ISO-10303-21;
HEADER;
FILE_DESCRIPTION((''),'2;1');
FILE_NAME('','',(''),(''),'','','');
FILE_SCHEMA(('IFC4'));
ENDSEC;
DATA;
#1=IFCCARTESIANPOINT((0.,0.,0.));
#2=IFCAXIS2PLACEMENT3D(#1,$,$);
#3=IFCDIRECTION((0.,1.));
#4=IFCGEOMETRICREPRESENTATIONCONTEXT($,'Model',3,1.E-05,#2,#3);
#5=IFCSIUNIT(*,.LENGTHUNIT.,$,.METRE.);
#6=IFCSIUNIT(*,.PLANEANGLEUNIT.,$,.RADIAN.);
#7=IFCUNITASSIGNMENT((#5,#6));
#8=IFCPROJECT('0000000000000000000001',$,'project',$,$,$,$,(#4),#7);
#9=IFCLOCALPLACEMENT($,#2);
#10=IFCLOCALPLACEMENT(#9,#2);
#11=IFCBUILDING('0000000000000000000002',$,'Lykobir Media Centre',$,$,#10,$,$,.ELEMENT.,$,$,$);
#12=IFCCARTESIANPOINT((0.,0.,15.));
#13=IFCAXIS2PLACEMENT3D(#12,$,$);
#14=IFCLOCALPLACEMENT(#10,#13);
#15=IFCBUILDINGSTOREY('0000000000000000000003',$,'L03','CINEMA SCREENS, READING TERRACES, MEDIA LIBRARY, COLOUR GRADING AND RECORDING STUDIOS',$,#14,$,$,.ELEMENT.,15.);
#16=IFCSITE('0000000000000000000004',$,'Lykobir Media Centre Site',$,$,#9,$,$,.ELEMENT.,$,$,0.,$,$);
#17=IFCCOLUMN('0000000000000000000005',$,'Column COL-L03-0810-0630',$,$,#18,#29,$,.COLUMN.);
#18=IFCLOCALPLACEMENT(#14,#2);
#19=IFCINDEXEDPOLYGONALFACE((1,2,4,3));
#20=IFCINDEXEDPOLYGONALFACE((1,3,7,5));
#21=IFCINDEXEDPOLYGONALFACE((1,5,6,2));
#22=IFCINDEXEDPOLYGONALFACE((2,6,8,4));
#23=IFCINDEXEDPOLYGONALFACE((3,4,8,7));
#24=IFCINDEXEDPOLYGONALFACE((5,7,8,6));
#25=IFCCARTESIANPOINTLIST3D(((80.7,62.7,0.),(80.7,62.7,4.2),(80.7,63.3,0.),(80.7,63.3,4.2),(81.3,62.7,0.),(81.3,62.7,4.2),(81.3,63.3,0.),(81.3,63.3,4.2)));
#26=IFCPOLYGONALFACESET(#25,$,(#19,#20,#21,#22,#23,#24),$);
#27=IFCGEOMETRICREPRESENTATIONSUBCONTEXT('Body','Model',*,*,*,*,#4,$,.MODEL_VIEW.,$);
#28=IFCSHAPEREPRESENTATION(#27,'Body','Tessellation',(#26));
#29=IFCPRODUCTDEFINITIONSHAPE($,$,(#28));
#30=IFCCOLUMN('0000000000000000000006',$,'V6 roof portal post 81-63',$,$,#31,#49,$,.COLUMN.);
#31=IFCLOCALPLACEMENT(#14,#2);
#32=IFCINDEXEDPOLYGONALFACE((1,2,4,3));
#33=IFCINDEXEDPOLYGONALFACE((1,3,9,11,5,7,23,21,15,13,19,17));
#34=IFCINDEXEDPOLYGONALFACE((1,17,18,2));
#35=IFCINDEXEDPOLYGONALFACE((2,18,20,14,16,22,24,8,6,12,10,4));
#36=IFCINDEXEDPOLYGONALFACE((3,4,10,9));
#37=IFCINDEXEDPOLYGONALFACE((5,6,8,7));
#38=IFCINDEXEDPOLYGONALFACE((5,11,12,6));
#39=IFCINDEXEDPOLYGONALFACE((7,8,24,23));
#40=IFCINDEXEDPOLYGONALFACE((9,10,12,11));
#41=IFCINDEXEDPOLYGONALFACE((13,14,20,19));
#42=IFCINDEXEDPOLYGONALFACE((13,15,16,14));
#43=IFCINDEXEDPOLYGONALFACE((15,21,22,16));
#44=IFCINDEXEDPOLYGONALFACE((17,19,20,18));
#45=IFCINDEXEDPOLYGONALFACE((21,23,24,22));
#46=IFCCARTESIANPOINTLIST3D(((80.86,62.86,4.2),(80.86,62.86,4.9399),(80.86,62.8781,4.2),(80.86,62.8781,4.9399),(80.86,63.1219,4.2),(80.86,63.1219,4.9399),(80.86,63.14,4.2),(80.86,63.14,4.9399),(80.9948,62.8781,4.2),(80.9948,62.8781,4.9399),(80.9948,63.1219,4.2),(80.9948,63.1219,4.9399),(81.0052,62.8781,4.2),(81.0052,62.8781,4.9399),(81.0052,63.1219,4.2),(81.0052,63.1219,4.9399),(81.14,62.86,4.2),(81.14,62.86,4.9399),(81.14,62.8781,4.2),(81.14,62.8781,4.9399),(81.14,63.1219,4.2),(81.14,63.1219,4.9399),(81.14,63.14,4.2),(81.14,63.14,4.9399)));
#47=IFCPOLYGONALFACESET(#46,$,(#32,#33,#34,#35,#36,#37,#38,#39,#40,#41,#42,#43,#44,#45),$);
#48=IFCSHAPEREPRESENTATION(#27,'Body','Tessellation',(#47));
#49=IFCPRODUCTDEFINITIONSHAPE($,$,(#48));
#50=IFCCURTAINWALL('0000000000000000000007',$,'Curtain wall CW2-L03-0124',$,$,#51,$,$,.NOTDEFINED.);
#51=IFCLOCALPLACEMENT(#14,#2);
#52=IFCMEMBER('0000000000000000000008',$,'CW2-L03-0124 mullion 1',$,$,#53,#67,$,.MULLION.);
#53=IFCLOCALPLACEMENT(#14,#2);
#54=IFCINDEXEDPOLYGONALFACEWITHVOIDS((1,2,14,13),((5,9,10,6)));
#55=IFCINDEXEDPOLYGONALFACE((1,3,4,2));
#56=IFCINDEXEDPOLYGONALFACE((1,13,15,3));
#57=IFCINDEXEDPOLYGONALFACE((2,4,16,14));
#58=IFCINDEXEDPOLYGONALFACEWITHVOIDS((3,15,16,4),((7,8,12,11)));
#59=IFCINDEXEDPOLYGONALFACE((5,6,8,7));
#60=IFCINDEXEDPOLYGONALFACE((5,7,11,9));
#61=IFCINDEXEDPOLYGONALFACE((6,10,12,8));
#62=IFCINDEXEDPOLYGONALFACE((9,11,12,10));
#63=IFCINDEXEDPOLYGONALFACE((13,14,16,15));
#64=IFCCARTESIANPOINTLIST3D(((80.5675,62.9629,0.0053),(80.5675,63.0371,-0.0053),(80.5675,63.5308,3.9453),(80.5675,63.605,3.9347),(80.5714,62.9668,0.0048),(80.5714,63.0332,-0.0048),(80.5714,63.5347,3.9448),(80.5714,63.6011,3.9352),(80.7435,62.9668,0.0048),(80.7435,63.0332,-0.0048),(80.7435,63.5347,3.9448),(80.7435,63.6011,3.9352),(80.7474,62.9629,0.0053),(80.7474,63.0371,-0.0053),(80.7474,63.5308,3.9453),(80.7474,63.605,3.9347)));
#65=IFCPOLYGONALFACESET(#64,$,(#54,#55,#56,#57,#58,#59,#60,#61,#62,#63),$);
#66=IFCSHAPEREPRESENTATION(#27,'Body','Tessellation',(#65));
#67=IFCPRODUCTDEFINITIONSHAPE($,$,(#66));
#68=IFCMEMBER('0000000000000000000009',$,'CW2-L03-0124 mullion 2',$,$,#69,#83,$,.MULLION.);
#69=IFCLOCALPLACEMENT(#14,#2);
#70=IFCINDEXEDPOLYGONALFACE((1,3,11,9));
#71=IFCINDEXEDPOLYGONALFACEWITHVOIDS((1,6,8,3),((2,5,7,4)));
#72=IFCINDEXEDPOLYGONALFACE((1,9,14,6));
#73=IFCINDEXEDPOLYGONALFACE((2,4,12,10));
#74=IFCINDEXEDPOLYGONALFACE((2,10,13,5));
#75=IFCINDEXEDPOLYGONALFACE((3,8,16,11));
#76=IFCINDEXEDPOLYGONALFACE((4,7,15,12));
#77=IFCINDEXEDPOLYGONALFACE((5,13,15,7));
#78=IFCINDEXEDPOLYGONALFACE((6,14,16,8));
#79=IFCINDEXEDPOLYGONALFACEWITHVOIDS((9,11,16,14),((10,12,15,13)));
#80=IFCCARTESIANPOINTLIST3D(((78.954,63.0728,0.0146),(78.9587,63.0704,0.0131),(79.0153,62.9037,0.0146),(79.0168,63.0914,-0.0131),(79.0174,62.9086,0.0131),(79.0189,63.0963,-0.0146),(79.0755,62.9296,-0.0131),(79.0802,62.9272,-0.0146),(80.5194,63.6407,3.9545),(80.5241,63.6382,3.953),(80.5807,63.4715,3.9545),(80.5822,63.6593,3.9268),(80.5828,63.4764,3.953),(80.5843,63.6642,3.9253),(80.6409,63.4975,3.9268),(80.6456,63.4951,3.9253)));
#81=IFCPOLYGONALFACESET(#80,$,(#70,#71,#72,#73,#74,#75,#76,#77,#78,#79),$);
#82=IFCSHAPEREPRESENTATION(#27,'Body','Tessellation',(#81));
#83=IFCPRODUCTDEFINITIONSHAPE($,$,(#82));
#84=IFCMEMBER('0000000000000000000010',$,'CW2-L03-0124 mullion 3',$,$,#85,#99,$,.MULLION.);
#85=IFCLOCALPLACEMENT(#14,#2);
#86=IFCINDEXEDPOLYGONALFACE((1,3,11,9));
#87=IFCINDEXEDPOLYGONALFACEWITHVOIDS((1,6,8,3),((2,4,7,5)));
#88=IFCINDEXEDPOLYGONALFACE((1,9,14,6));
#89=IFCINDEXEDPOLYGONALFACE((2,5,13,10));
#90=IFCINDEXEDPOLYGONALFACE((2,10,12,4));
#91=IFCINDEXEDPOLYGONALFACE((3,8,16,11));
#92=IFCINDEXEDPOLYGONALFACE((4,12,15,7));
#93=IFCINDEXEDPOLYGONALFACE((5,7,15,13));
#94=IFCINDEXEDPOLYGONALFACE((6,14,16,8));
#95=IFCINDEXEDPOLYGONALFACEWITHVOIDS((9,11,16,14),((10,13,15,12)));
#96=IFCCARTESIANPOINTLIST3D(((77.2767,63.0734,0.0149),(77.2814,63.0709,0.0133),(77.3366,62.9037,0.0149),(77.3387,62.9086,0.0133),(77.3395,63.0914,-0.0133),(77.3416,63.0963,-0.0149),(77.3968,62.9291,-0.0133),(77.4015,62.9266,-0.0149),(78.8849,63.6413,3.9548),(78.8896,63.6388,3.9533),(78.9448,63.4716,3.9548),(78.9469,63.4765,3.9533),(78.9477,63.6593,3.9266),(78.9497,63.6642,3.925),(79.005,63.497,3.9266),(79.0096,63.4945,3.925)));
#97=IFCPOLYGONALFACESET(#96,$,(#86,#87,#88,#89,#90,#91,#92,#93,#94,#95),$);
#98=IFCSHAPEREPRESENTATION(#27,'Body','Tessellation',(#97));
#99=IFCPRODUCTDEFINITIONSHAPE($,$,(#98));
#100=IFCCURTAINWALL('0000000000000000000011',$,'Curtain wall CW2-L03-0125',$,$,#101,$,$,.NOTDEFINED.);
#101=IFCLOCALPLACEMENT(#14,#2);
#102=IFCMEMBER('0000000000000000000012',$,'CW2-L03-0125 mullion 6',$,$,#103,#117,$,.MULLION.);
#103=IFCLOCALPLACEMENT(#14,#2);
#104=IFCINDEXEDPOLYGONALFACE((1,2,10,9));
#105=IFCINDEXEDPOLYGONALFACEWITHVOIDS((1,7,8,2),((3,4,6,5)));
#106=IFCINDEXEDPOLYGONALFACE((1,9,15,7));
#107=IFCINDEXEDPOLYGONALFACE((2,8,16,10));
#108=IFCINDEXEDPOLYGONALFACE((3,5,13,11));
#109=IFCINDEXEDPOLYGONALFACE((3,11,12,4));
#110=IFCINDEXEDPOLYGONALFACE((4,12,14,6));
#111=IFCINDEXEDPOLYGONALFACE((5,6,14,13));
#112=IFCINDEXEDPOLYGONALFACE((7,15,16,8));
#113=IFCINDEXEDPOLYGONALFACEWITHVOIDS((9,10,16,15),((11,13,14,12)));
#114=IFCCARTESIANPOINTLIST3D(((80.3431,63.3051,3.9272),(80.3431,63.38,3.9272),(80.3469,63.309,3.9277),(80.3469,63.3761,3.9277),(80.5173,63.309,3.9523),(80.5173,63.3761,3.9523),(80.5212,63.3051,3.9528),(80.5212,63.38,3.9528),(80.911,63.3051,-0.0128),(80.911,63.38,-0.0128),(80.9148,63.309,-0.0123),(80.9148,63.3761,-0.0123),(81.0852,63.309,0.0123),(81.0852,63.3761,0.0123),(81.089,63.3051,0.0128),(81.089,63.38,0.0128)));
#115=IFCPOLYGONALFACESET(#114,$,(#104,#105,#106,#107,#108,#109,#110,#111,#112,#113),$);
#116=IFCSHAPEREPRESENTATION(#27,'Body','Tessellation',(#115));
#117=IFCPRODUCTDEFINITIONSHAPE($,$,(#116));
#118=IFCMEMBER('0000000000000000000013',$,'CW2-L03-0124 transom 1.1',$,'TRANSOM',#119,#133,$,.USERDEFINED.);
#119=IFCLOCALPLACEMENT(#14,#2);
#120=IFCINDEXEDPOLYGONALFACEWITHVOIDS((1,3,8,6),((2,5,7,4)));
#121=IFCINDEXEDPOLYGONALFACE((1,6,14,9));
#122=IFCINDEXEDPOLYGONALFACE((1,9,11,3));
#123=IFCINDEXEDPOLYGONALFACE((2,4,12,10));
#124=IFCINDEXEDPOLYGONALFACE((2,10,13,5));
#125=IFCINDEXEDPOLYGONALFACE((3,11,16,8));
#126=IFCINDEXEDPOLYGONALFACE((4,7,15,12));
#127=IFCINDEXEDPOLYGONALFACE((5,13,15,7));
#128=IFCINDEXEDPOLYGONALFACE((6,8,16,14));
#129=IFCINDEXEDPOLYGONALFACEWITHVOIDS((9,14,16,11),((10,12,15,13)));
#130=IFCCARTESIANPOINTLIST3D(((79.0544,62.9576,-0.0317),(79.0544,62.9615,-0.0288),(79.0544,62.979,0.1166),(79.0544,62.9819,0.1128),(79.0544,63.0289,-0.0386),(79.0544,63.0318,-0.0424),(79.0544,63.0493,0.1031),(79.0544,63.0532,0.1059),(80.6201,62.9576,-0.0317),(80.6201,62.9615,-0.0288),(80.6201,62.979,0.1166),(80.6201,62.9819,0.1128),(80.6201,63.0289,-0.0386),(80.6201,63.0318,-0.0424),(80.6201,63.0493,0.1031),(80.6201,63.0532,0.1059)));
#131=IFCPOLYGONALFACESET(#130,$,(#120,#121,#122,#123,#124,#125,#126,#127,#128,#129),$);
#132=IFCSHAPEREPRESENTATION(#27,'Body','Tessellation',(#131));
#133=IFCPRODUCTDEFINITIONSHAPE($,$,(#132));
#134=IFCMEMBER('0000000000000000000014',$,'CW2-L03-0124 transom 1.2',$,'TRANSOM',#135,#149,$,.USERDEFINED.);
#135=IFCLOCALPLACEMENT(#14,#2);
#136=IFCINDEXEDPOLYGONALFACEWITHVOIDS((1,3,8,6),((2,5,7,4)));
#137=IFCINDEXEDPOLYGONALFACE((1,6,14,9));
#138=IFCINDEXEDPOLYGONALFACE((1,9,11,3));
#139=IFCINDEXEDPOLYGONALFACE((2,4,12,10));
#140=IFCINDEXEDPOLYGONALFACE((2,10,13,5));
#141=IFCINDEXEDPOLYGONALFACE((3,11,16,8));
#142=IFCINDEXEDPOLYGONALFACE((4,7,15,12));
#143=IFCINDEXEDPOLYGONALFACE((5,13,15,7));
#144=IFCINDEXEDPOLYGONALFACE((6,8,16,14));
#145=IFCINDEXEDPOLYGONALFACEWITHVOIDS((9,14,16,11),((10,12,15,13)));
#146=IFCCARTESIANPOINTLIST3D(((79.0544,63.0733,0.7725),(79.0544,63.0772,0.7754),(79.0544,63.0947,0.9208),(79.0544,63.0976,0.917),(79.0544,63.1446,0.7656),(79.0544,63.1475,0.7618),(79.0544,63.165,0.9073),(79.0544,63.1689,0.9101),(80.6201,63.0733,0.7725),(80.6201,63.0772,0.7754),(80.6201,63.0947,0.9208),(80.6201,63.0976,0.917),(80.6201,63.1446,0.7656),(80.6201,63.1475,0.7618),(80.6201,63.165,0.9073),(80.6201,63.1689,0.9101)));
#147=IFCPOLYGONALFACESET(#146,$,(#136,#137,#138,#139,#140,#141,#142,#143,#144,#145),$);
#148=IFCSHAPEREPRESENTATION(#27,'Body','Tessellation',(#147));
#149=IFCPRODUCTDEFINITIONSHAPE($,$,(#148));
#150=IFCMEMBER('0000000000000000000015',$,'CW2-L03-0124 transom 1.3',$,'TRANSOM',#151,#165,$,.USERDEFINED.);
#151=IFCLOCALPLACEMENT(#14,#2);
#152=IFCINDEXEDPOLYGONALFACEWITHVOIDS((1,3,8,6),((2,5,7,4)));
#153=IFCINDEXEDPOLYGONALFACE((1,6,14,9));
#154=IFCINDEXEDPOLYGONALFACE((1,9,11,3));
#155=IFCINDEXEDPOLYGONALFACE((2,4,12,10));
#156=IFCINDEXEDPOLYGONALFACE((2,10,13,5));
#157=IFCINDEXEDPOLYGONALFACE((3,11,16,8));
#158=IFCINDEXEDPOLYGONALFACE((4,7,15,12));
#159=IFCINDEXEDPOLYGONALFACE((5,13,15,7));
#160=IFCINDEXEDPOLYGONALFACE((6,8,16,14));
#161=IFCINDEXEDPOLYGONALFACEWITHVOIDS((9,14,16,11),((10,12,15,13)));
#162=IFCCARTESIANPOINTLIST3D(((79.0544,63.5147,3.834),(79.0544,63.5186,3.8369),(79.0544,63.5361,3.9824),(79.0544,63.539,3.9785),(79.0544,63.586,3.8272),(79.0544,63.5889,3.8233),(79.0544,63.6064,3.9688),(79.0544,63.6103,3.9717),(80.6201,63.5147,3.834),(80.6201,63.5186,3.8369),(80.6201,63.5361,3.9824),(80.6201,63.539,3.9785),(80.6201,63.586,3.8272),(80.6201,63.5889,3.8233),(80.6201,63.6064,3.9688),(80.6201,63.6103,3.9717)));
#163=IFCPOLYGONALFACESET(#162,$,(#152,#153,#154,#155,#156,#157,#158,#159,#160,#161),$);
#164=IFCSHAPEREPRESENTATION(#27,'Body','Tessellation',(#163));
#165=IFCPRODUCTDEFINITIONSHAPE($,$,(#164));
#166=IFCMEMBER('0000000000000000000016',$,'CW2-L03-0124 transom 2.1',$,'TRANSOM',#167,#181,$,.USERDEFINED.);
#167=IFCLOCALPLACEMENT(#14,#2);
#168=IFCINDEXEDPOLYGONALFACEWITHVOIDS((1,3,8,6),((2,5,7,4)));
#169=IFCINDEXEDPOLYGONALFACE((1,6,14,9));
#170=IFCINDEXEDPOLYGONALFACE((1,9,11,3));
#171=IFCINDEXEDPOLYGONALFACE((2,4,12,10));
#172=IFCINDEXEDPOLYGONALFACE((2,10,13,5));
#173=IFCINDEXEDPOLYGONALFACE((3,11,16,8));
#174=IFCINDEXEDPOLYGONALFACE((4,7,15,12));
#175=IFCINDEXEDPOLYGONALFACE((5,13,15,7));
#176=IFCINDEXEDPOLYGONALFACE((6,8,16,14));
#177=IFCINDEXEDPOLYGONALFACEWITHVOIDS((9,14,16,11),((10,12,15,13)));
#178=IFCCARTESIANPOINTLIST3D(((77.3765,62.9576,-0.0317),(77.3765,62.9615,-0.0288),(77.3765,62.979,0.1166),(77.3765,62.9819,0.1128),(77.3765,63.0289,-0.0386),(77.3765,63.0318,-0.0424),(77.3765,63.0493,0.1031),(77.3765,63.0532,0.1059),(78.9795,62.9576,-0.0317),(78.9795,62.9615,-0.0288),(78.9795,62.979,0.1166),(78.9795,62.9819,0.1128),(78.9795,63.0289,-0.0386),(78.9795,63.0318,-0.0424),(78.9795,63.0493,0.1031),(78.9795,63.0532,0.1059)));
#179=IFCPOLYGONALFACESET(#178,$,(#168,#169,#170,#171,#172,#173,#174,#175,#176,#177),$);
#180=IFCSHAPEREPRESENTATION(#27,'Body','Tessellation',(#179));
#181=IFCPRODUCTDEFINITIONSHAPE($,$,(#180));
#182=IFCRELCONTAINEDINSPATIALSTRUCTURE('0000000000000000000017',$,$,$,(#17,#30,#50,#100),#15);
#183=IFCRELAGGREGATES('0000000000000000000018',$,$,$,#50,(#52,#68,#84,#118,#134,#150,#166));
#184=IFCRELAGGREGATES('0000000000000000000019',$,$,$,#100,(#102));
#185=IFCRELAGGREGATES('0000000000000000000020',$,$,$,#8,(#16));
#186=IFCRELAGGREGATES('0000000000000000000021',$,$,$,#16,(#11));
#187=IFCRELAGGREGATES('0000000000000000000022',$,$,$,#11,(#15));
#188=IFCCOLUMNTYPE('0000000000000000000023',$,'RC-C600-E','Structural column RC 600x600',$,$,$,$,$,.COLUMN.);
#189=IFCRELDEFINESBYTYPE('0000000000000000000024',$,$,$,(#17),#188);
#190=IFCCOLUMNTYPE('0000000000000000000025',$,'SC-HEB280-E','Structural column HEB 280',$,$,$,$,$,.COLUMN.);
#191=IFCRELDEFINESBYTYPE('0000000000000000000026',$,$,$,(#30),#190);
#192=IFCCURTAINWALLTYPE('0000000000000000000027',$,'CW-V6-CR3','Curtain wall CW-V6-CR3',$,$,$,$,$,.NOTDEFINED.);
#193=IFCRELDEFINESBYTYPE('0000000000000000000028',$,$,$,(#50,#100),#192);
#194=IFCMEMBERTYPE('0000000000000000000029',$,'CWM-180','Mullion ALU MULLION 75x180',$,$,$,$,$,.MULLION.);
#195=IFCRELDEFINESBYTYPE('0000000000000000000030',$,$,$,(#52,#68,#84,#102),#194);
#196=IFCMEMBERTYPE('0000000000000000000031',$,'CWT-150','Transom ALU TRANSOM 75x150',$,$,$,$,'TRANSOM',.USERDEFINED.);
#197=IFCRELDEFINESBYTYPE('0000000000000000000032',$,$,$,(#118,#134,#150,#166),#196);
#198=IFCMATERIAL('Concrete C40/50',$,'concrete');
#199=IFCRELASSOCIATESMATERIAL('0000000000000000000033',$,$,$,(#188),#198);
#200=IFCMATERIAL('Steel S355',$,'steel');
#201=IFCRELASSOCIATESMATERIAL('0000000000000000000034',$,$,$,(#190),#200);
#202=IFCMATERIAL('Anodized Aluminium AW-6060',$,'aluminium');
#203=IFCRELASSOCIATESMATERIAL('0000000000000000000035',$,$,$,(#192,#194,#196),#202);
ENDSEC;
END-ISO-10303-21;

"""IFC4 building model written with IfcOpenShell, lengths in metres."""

from ifc_helpers import new_model, si_unit, direction, frame, origin, origin_2d, place, context, subcontext, project, spatial, rectangle, hollow_rectangle, i_section, extrude, material, material_profile, profile_set, type_object, element, aggregate, save


model = new_model("IFC4")

# Units and contexts
model_context = context("Model", 3, precision=1e-05, world=origin(), true_north=direction((0.0, 1.0)))
body_context = subcontext(model_context, "Body", "Model", "MODEL_VIEW")
ifc_project = project(units=[si_unit("LENGTHUNIT", "METRE"), si_unit("PLANEANGLEUNIT", "RADIAN")], contexts=[model_context])

# Site, building, storey
site_placement = place(None, origin())
site = spatial("IfcSite", under=ifc_project, at=site_placement, Name="Lykobir Media Centre Site", CompositionType="ELEMENT", RefElevation=0.0)
building_placement = place(site_placement, origin())
building = spatial("IfcBuilding", under=site, at=building_placement, Name="Lykobir Media Centre", CompositionType="ELEMENT")
storey_placement = place(building_placement, frame((0.0, 0.0, 15.0)))
storey = spatial("IfcBuildingStorey", under=building, at=storey_placement, Name="L03", Description="CINEMA SCREENS, READING TERRACES, MEDIA LIBRARY, COLOUR GRADING AND RECORDING STUDIOS", CompositionType="ELEMENT", Elevation=15.0)

# Columns
ifc_material_1 = material(Name="Concrete C40/50", Category="concrete")
ifc_material_profile_1 = material_profile(ifc_material_1, rectangle(XDim=0.6001, YDim=0.6001, at=origin_2d()), Name="RC 600x600")
ifc_profile_set_1 = profile_set([ifc_material_profile_1], Name="Concrete C40/50")
column_type_1 = type_object("IfcColumnType", Name="RC-C600-E", Description="Structural column RC 600x600", PredefinedType="COLUMN", material=ifc_profile_set_1)
column_1_placement = place(storey_placement, frame((81.0, 63.0, 0.0), z_axis=(0.0, 0.0, 1.0), x_axis=(1.0, 0.0, 0.0)))
element("IfcColumn", 1, at=column_1_placement, inside=storey, type_object=column_type_1, Name="Column COL-L03-0810-0630", PredefinedType="COLUMN", context=body_context, shape_type="SweptSolid", body=[
    extrude(rectangle(XDim=0.6001, YDim=0.6001, at=origin_2d()), origin(), (0.0, 0.0, 1.0), 4.2),
])
ifc_material_2 = material(Name="Steel S355", Category="steel")
ifc_material_profile_2 = material_profile(ifc_material_2, i_section(OverallWidth=0.28, OverallDepth=0.28, WebThickness=0.0105, FlangeThickness=0.0181, at=origin_2d()), Name="HEB 280")
ifc_profile_set_2 = profile_set([ifc_material_profile_2], Name="Steel S355")
column_type_2 = type_object("IfcColumnType", Name="SC-HEB280-E", Description="Structural column HEB 280", PredefinedType="COLUMN", material=ifc_profile_set_2)
column_2_placement = place(storey_placement, frame((81.0, 63.0, 4.2), z_axis=(0.0, 0.0, 1.0), x_axis=(1.0, 0.0, 0.0)))
element("IfcColumn", 2, at=column_2_placement, inside=storey, type_object=column_type_2, Name="V6 roof portal post 81-63", PredefinedType="COLUMN", context=body_context, shape_type="SweptSolid", body=[
    extrude(i_section(OverallWidth=0.28, OverallDepth=0.28, WebThickness=0.0105, FlangeThickness=0.0181, at=origin_2d()), origin(), (0.0, 0.0, 1.0), 0.74),
])

# Curtain wall, members
ifc_material_3 = material(Name="Anodized Aluminium AW-6060", Category="aluminium")
curtain_wall_type = type_object("IfcCurtainWallType", Name="CW-V6-CR3", Description="Curtain wall CW-V6-CR3", PredefinedType="NOTDEFINED", material=ifc_material_3)
curtain_wall_1_placement = place(storey_placement, origin())
curtain_wall_1 = element("IfcCurtainWall", 3, at=curtain_wall_1_placement, inside=storey, type_object=curtain_wall_type, Name="Curtain wall CW2-L03-0124", PredefinedType="NOTDEFINED")
ifc_material_profile_3 = material_profile(ifc_material_3, hollow_rectangle(XDim=0.075, YDim=0.1799, WallThickness=0.0039, at=origin_2d()), Name="ALU MULLION 75x180")
ifc_profile_set_3 = profile_set([ifc_material_profile_3], Name="Anodized Aluminium AW-6060")
member_type_1 = type_object("IfcMemberType", Name="CWM-180", Description="Mullion ALU MULLION 75x180", PredefinedType="MULLION", material=ifc_profile_set_3)
member_1_placement = place(storey_placement, frame((80.6575, 63.0, 0.0), z_axis=(0.0, 0.142658, 0.989772), x_axis=(0.0, 0.989772, -0.142658)))
member_1 = element("IfcMember", 4, at=member_1_placement, type_object=member_type_1, Name="CW2-L03-0124 mullion 1", PredefinedType="MULLION", context=body_context, shape_type="SweptSolid", body=[
    extrude(hollow_rectangle(XDim=0.075, YDim=0.1799, WallThickness=0.0039, at=origin_2d()), origin(), (0.0, 0.0, 1.0), 3.9807),
])
member_2_placement = place(storey_placement, frame((79.0171, 63.0, 0.0), z_axis=(0.365977, 0.132761, 0.921106), x_axis=(0.865893, 0.314109, -0.389313)))
member_2 = element("IfcMember", 5, at=member_2_placement, type_object=member_type_1, Name="CW2-L03-0124 mullion 2", PredefinedType="MULLION", context=body_context, shape_type="SweptSolid", body=[
    extrude(hollow_rectangle(XDim=0.075, YDim=0.1799, WallThickness=0.0039, at=origin_2d()), origin(), (0.0, 0.0, 1.0), 4.2773),
])
member_3_placement = place(storey_placement, frame((77.3391, 63.0, 0.0), z_axis=(0.37458, 0.132271, 0.917711), x_axis=(0.865345, 0.30557, -0.397248)))
member_3 = element("IfcMember", 6, at=member_3_placement, type_object=member_type_1, Name="CW2-L03-0124 mullion 3", PredefinedType="MULLION", context=body_context, shape_type="SweptSolid", body=[
    extrude(hollow_rectangle(XDim=0.075, YDim=0.1799, WallThickness=0.0039, at=origin_2d()), origin(), (0.0, 0.0, 1.0), 4.2932),
])

# Curtain wall, member
curtain_wall_2_placement = place(storey_placement, origin())
curtain_wall_2 = element("IfcCurtainWall", 7, at=curtain_wall_2_placement, inside=storey, type_object=curtain_wall_type, Name="Curtain wall CW2-L03-0125", PredefinedType="NOTDEFINED")
member_4_placement = place(storey_placement, frame((81.0, 63.3425, 0.0), z_axis=(-0.142658, 0.0, 0.989772), x_axis=(0.0, -1.0, 0.0)))
member_4 = element("IfcMember", 8, at=member_4_placement, type_object=member_type_1, Name="CW2-L03-0125 mullion 6", PredefinedType="MULLION", context=body_context, shape_type="SweptSolid", body=[
    extrude(hollow_rectangle(XDim=0.075, YDim=0.1799, WallThickness=0.0039, at=origin_2d()), origin(), (0.0, 0.0, 1.0), 3.9807),
])

# Members
ifc_material_profile_4 = material_profile(ifc_material_3, hollow_rectangle(XDim=0.075, YDim=0.1499, WallThickness=0.0034, at=origin_2d()), Name="ALU TRANSOM 75x150")
ifc_profile_set_4 = profile_set([ifc_material_profile_4], Name="Anodized Aluminium AW-6060")
member_type_2 = type_object("IfcMemberType", Name="CWT-150", Description="Transom ALU TRANSOM 75x150", ElementType="TRANSOM", PredefinedType="USERDEFINED", material=ifc_profile_set_4)
member_5_placement = place(storey_placement, frame((80.6201, 63.0054, 0.0371), z_axis=(-1.0, 0.0, 0.0), x_axis=(0.0, -0.989776, 0.142629)))
member_5 = element("IfcMember", 9, at=member_5_placement, type_object=member_type_2, Name="CW2-L03-0124 transom 1.1", ObjectType="TRANSOM", PredefinedType="USERDEFINED", context=body_context, shape_type="SweptSolid", body=[
    extrude(hollow_rectangle(XDim=0.075, YDim=0.1499, WallThickness=0.0034, at=origin_2d()), origin(), (0.0, 0.0, 1.0), 1.5657),
])
member_6_placement = place(storey_placement, frame((80.6201, 63.1211, 0.8413), z_axis=(-1.0, 0.0, 0.0), x_axis=(0.0, -0.989776, 0.142629)))
member_6 = element("IfcMember", 10, at=member_6_placement, type_object=member_type_2, Name="CW2-L03-0124 transom 1.2", ObjectType="TRANSOM", PredefinedType="USERDEFINED", context=body_context, shape_type="SweptSolid", body=[
    extrude(hollow_rectangle(XDim=0.075, YDim=0.1499, WallThickness=0.0034, at=origin_2d()), origin(), (0.0, 0.0, 1.0), 1.5657),
])
member_7_placement = place(storey_placement, frame((80.6201, 63.5625, 3.9028), z_axis=(-1.0, 0.0, 0.0), x_axis=(0.0, -0.989776, 0.142629)))
member_7 = element("IfcMember", 11, at=member_7_placement, type_object=member_type_2, Name="CW2-L03-0124 transom 1.3", ObjectType="TRANSOM", PredefinedType="USERDEFINED", context=body_context, shape_type="SweptSolid", body=[
    extrude(hollow_rectangle(XDim=0.075, YDim=0.1499, WallThickness=0.0034, at=origin_2d()), origin(), (0.0, 0.0, 1.0), 1.5657),
])
member_8_placement = place(storey_placement, frame((78.9795, 63.0054, 0.0371), z_axis=(-1.0, 0.0, 0.0), x_axis=(0.0, -0.989776, 0.142629)))
member_8 = element("IfcMember", 12, at=member_8_placement, type_object=member_type_2, Name="CW2-L03-0124 transom 2.1", ObjectType="TRANSOM", PredefinedType="USERDEFINED", context=body_context, shape_type="SweptSolid", body=[
    extrude(hollow_rectangle(XDim=0.075, YDim=0.1499, WallThickness=0.0034, at=origin_2d()), origin(), (0.0, 0.0, 1.0), 1.603),
])

aggregate(curtain_wall_1, [member_1, member_2, member_3, member_5, member_6, member_7, member_8])
aggregate(curtain_wall_2, [member_4])

save(model, "model.ifc")
